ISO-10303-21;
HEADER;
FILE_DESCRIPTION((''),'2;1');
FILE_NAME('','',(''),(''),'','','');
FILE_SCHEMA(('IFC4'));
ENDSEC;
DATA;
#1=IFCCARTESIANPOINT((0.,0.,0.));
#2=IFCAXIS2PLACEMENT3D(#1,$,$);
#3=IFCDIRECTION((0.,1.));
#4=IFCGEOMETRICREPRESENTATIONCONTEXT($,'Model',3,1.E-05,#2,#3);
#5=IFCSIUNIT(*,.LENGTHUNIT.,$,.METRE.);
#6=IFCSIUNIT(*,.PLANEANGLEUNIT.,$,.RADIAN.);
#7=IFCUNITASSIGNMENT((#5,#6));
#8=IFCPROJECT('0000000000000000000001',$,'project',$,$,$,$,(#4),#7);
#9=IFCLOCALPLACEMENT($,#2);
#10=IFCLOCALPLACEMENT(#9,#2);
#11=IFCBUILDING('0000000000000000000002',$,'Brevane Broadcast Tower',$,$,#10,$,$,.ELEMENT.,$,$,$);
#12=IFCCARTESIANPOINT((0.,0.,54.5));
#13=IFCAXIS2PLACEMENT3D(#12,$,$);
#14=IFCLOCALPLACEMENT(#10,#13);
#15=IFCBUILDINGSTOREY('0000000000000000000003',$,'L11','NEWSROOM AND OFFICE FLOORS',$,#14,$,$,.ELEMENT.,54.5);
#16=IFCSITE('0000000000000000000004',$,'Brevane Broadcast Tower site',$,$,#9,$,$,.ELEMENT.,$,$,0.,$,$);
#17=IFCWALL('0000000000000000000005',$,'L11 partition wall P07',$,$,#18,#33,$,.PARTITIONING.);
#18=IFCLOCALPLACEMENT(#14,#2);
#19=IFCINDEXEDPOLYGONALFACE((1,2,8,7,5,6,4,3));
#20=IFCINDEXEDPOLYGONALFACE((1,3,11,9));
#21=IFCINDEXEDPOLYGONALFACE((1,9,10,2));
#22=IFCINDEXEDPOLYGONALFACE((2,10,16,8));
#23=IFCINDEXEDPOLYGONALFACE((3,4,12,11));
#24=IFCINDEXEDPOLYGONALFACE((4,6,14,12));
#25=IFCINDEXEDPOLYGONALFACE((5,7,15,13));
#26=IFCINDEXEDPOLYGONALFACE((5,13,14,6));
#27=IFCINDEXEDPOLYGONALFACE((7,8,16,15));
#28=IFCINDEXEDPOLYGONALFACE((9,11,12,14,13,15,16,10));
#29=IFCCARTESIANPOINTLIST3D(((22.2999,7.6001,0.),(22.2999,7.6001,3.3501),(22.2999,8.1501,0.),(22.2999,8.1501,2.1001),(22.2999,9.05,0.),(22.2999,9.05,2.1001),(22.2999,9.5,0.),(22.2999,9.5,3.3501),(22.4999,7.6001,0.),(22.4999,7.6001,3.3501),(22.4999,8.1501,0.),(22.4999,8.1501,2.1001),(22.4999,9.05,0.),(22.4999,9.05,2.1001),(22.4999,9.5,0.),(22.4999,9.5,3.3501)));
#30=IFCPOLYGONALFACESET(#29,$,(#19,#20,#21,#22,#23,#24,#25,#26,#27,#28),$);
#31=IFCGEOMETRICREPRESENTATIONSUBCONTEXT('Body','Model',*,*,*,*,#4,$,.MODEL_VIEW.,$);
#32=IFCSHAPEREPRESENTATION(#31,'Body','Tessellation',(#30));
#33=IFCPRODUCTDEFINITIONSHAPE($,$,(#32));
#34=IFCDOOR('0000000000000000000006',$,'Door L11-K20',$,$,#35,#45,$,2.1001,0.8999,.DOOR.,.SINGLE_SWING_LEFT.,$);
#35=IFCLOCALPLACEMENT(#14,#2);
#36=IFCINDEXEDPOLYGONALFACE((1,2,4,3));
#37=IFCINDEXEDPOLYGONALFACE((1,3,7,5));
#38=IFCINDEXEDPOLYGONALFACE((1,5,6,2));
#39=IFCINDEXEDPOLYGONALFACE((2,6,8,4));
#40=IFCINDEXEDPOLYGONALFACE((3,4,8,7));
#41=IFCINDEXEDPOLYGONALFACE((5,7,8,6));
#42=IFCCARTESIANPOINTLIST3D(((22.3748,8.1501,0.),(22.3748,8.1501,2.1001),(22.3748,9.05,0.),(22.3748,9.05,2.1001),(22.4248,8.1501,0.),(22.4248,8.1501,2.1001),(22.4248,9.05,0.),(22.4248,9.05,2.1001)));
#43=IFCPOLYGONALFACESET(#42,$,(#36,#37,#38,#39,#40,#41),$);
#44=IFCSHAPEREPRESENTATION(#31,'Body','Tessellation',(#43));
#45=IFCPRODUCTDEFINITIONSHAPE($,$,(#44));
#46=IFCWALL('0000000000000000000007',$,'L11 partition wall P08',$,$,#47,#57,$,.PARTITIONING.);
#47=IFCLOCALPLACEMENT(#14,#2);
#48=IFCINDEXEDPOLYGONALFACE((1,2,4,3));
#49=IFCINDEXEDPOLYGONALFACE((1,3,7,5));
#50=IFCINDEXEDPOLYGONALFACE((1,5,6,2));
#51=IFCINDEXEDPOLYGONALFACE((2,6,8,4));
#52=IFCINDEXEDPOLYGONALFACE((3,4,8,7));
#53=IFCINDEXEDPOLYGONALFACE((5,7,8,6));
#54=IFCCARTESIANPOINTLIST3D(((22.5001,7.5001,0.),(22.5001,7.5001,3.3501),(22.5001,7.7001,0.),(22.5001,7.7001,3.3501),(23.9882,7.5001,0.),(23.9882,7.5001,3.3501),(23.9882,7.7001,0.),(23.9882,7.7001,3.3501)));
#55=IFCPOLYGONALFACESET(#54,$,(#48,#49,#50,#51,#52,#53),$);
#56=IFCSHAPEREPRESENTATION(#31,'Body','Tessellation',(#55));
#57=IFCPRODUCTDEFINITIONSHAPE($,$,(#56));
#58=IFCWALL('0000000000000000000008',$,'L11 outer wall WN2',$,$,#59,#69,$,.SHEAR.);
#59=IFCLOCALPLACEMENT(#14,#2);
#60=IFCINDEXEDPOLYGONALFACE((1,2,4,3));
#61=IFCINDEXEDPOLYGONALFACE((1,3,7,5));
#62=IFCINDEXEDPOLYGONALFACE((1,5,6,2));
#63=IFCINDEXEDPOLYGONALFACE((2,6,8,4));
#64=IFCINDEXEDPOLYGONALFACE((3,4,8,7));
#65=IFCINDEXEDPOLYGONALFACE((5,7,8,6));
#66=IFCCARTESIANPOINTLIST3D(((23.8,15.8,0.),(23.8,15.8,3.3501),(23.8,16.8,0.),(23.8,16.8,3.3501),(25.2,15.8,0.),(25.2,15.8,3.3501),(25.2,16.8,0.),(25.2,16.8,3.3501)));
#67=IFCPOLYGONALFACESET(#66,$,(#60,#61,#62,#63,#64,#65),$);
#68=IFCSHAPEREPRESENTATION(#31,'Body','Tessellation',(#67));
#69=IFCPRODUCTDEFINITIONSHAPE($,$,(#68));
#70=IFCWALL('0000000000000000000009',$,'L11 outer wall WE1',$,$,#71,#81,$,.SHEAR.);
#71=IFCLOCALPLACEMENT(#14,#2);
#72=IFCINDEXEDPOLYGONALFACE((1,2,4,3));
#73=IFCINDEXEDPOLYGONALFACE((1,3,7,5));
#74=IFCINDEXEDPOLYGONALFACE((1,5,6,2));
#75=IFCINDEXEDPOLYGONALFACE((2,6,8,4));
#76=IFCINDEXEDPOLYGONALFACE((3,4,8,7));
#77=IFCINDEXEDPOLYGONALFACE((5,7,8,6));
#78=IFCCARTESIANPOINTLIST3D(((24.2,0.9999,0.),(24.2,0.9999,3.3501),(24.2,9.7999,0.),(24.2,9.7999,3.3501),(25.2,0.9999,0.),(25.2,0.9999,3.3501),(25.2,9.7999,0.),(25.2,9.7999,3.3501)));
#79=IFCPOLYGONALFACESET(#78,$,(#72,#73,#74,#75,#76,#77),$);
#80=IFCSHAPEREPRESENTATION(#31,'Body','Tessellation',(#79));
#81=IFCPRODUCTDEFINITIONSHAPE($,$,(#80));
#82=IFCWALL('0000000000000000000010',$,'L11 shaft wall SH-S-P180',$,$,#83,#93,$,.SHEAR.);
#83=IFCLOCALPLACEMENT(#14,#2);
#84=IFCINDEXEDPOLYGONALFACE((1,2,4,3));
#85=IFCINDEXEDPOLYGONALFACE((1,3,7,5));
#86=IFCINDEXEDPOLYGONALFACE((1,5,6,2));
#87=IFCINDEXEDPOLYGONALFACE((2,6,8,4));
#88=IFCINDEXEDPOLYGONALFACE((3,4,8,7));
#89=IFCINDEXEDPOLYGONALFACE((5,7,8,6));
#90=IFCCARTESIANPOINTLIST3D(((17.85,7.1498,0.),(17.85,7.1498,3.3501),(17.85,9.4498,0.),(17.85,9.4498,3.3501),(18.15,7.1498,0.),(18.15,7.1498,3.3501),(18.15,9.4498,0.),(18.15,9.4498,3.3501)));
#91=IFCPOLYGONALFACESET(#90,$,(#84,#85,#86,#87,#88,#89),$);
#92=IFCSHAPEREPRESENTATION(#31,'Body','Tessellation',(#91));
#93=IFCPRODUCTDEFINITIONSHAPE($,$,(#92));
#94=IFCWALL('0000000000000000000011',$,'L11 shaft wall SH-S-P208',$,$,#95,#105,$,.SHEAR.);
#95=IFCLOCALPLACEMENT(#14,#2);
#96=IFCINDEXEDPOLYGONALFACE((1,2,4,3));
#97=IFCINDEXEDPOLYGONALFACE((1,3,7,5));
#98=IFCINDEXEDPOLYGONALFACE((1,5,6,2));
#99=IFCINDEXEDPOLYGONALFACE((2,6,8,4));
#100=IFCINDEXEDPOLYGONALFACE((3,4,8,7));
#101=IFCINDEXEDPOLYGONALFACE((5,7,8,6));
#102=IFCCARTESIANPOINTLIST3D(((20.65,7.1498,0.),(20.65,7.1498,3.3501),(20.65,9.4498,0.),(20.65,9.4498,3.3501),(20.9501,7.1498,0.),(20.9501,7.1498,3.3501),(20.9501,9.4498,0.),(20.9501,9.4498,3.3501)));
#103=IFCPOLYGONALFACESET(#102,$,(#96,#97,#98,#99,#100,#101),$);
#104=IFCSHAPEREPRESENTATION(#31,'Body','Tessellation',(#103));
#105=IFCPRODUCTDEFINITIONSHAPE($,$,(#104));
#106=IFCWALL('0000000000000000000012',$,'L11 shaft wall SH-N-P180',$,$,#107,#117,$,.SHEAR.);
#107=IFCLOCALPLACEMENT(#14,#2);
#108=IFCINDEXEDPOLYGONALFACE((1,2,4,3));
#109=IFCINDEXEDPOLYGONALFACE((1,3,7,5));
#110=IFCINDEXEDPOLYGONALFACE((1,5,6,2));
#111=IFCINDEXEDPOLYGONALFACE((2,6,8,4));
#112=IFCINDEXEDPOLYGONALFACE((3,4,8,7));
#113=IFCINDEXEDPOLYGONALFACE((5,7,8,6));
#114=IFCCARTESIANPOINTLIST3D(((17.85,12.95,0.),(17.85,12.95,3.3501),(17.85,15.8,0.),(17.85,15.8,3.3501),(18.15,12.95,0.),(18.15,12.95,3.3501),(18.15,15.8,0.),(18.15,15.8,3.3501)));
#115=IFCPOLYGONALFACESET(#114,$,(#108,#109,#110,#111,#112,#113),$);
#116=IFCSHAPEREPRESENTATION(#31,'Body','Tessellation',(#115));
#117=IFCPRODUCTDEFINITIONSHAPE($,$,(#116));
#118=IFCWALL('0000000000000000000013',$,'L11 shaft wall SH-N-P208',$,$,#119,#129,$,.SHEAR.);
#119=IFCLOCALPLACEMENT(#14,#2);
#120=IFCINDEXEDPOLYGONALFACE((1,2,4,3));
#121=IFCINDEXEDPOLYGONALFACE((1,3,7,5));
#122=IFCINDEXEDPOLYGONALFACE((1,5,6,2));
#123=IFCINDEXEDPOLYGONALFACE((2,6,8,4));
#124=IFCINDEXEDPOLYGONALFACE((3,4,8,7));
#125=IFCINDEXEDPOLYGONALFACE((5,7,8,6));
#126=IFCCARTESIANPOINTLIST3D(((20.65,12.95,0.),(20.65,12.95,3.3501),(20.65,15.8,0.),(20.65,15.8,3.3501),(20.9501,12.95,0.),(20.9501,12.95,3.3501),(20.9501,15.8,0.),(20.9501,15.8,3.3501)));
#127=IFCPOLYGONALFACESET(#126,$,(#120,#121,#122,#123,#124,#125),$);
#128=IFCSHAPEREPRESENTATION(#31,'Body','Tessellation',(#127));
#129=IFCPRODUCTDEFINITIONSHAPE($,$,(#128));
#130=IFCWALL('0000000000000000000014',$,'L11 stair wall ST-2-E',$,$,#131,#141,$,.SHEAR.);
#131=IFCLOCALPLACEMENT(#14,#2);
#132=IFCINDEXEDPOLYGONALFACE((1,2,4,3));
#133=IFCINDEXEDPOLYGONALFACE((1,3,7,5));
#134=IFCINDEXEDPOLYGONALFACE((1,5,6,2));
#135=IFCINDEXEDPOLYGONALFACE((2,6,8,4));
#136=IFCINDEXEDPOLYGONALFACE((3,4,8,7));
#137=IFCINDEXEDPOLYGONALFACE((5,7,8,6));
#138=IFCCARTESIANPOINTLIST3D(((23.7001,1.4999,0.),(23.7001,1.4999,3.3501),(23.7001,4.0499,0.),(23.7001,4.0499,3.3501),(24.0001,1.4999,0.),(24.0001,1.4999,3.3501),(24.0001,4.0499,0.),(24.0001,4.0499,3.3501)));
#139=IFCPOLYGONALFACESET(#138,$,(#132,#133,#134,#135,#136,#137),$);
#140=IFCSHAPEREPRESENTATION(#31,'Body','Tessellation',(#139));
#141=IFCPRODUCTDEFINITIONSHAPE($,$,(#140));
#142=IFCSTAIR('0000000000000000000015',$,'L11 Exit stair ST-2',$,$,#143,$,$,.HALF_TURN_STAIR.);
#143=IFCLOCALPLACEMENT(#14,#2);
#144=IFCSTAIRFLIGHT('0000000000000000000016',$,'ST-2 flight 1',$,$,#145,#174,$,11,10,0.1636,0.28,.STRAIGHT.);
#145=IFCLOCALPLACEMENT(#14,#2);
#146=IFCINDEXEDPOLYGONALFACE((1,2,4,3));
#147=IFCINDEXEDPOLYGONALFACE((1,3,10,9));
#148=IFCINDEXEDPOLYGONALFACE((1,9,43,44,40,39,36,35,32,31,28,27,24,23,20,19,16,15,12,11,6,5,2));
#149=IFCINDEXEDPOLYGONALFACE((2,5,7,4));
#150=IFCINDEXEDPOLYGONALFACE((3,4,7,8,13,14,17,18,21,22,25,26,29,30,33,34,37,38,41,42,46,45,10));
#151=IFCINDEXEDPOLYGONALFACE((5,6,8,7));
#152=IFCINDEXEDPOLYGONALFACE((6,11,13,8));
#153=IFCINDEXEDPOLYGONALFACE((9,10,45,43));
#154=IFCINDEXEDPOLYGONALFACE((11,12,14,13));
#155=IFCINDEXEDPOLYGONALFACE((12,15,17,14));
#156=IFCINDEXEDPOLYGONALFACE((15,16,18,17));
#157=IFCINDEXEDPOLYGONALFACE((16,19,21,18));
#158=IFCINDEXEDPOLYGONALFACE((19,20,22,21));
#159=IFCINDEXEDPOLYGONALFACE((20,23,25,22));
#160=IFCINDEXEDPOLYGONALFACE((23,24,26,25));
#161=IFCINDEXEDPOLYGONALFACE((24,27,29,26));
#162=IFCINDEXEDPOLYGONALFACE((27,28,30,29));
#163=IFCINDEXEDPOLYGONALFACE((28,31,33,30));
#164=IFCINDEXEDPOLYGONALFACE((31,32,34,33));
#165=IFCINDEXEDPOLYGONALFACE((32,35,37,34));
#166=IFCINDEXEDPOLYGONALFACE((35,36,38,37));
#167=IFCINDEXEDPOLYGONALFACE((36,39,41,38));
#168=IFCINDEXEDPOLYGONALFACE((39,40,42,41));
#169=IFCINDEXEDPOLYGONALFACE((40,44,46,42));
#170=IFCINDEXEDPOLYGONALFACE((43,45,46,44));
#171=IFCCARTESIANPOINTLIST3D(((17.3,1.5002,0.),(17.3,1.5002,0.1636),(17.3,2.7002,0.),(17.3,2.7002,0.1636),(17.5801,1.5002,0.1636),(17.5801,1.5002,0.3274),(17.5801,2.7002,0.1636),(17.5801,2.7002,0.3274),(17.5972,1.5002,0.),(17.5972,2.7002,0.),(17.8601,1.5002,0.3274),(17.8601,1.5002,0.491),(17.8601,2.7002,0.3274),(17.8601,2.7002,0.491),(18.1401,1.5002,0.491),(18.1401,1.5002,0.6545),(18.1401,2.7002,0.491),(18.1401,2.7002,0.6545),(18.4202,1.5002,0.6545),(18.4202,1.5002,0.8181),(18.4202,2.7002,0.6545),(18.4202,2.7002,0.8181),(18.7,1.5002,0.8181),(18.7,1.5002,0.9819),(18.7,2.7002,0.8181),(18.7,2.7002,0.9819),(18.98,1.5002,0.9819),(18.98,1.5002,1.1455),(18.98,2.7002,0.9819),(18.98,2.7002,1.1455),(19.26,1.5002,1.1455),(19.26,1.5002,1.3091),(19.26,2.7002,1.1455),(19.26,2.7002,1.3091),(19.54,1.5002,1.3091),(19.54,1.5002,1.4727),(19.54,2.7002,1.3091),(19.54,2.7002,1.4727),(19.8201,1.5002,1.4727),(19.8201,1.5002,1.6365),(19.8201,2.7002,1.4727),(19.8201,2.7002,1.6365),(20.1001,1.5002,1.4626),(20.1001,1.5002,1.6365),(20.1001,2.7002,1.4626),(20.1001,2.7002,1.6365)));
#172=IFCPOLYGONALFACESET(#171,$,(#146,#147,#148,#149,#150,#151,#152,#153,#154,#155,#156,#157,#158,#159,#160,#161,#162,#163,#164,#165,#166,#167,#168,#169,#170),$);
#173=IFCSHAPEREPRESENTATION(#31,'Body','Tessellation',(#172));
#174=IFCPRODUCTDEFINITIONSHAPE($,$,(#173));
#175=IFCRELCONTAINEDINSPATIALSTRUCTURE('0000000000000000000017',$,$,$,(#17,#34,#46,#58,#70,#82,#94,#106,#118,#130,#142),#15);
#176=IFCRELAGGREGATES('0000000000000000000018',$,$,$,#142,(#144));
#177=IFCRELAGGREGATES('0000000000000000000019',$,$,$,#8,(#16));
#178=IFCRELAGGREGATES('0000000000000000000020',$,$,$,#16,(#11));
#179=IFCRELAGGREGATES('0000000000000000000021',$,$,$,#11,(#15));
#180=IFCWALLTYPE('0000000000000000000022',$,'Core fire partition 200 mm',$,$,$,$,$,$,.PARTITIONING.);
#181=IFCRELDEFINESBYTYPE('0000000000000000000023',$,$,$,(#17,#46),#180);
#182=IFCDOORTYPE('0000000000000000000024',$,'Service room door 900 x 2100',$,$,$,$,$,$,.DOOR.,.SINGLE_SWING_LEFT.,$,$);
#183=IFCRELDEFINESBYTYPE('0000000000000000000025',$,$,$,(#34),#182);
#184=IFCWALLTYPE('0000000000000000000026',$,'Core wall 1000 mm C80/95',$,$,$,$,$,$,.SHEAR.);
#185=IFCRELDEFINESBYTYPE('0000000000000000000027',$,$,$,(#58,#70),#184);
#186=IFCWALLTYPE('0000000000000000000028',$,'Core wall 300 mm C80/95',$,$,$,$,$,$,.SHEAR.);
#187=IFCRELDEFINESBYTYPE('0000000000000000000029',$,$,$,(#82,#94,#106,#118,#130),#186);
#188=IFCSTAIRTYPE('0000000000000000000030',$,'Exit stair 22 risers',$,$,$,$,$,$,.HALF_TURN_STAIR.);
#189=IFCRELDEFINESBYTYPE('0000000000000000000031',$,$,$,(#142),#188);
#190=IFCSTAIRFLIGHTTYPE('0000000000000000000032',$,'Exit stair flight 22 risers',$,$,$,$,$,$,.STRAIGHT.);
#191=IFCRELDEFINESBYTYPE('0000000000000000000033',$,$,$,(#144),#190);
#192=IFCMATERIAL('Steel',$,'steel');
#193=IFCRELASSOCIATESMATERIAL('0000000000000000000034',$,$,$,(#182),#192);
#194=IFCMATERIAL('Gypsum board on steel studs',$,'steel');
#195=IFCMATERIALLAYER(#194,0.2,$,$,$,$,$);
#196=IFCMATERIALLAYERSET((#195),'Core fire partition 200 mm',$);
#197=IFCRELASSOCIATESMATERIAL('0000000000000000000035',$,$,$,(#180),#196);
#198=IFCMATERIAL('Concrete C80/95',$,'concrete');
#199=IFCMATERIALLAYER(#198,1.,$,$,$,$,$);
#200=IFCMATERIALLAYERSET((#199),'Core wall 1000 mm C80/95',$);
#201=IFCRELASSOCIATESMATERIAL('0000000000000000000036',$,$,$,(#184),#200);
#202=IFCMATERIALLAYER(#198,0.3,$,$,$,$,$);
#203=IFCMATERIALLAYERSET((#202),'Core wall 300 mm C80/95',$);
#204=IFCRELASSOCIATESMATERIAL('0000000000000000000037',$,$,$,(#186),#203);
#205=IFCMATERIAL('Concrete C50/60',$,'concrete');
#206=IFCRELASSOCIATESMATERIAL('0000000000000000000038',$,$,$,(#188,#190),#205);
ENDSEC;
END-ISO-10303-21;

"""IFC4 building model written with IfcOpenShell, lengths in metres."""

from ifc_helpers import new_model, si_unit, direction, frame, frame_2d, origin, place, context, subcontext, project, spatial, polyline, rectangle, outline, extrude, material, layer, layer_set, type_object, element, fill, aggregate, save


model = new_model("IFC4")

# Units and contexts
model_context = context("Model", 3, precision=1e-05, world=origin(), true_north=direction((0.0, 1.0)))
body_context = subcontext(model_context, "Body", "Model", "MODEL_VIEW")
ifc_project = project(units=[si_unit("LENGTHUNIT", "METRE"), si_unit("PLANEANGLEUNIT", "RADIAN")], contexts=[model_context])

# Site, building, storey
site_placement = place(None, origin())
site = spatial("IfcSite", under=ifc_project, at=site_placement, Name="Brevane Broadcast Tower site", CompositionType="ELEMENT", RefElevation=0.0)
building_placement = place(site_placement, origin())
building = spatial("IfcBuilding", under=site, at=building_placement, Name="Brevane Broadcast Tower", CompositionType="ELEMENT")
storey_placement = place(building_placement, frame((0.0, 0.0, 54.5)))
storey = spatial("IfcBuildingStorey", under=building, at=storey_placement, Name="L11", Description="NEWSROOM AND OFFICE FLOORS", CompositionType="ELEMENT", Elevation=54.5)

# Shared definitions
ifc_material_1 = material(Name="Gypsum board on steel studs", Category="steel")
ifc_material_2 = material(Name="Steel", Category="steel")
door_type = type_object("IfcDoorType", Name="Service room door 900 x 2100", OperationType="SINGLE_SWING_LEFT", PredefinedType="DOOR", material=ifc_material_2)

# Shared definitions
ifc_layer_1 = layer(ifc_material_1, 0.2)
ifc_layer_set_1 = layer_set([ifc_layer_1], Name="Core fire partition 200 mm")
wall_type_1 = type_object("IfcWallType", Name="Core fire partition 200 mm", PredefinedType="PARTITIONING", material=ifc_layer_set_1)

# Wall, opening, door
wall_1_placement = place(storey_placement, frame((22.3999, 9.5, 0.0), z_axis=(0.0, 0.0, 1.0), x_axis=(0.0, -1.0, 0.0)))
wall_1 = element("IfcWall", 1, at=wall_1_placement, inside=storey, type_object=wall_type_1, Name="L11 partition wall P07", PredefinedType="PARTITIONING", context=body_context, shape_type="SweptSolid", body=[
    extrude(rectangle(XDim=1.8999, YDim=0.2, at=frame_2d((0.95, 0.0))), origin(), (0.0, 0.0, 1.0), 3.3501),
])
opening_1_placement = place(wall_1_placement, frame((0.45, 0.0, 0.0)))
opening_1 = element("IfcOpeningElement", 2, at=opening_1_placement, cuts=wall_1, PredefinedType="OPENING", context=body_context, shape_type="SweptSolid", body=[
    extrude(rectangle(XDim=0.8999, YDim=2.1001, at=frame_2d((0.45, 1.05))), frame((0.0, 0.1099, 0.0), z_axis=(0.0, -1.0, 0.0), x_axis=(1.0, 0.0, 0.0)), (0.0, 0.0, 1.0), 0.22),
])
door_1_placement = place(opening_1_placement, origin())
door_1 = element("IfcDoor", 3, at=door_1_placement, inside=storey, type_object=door_type, Name="Door L11-K20", OperationType="SINGLE_SWING_LEFT", OverallHeight=2.1001, OverallWidth=0.8999, PredefinedType="DOOR", context=body_context, shape_type="SweptSolid", body=[
    extrude(rectangle(XDim=0.8999, YDim=2.1001, at=frame_2d((0.45, 1.05))), frame((0.0, 0.0249, 0.0), z_axis=(0.0, -1.0, 0.0), x_axis=(1.0, 0.0, 0.0)), (0.0, 0.0, 1.0), 0.05),
])
fill(opening_1, door_1)

# Walls
wall_2_placement = place(storey_placement, frame((22.5, 7.6001, 0.0), z_axis=(0.0, 0.0, 1.0), x_axis=(1.0, 0.0, 0.0)))
element("IfcWall", 4, at=wall_2_placement, inside=storey, type_object=wall_type_1, Name="L11 partition wall P08", PredefinedType="PARTITIONING", context=body_context, shape_type="SweptSolid", body=[
    extrude(rectangle(XDim=1.488, YDim=0.2, at=frame_2d((0.7441, 0.0))), origin(), (0.0, 0.0, 1.0), 3.3501),
])
ifc_material_3 = material(Name="Concrete C80/95", Category="concrete")
ifc_layer_2 = layer(ifc_material_3, 1.0)
ifc_layer_set_2 = layer_set([ifc_layer_2], Name="Core wall 1000 mm C80/95")
wall_type_2 = type_object("IfcWallType", Name="Core wall 1000 mm C80/95", PredefinedType="SHEAR", material=ifc_layer_set_2)
wall_3_placement = place(storey_placement, frame((23.8, 16.3, 0.0), z_axis=(0.0, 0.0, 1.0), x_axis=(1.0, 0.0, 0.0)))
element("IfcWall", 5, at=wall_3_placement, inside=storey, type_object=wall_type_2, Name="L11 outer wall WN2", PredefinedType="SHEAR", context=body_context, shape_type="SweptSolid", body=[
    extrude(rectangle(XDim=1.3999, YDim=1.0, at=frame_2d((0.7, 0.0))), origin(), (0.0, 0.0, 1.0), 3.3501),
])
wall_4_placement = place(storey_placement, frame((24.7, 1.0, 0.0), z_axis=(0.0, 0.0, 1.0), x_axis=(0.0, 1.0, 0.0)))
element("IfcWall", 6, at=wall_4_placement, inside=storey, type_object=wall_type_2, Name="L11 outer wall WE1", PredefinedType="SHEAR", context=body_context, shape_type="SweptSolid", body=[
    extrude(rectangle(XDim=8.8, YDim=1.0, at=frame_2d((4.3999, 0.0))), origin(), (0.0, 0.0, 1.0), 3.3501),
])
ifc_layer_3 = layer(ifc_material_3, 0.3)
ifc_layer_set_3 = layer_set([ifc_layer_3], Name="Core wall 300 mm C80/95")
wall_type_3 = type_object("IfcWallType", Name="Core wall 300 mm C80/95", PredefinedType="SHEAR", material=ifc_layer_set_3)
for number, where, z_axis, x_axis, name in (
    (7, (18.0, 7.1499, 0.0), (0.0, 0.0, 1.0), (0.0, 1.0, 0.0), "L11 shaft wall SH-S-P180"),
    (8, (20.8, 7.1499, 0.0), (0.0, 0.0, 1.0), (0.0, 1.0, 0.0), "L11 shaft wall SH-S-P208"),
):
    element("IfcWall", number, at=place(storey_placement, frame(where, z_axis=z_axis, x_axis=x_axis)), inside=storey, type_object=wall_type_3, Name=name, PredefinedType="SHEAR", context=body_context, shape_type="SweptSolid", body=[
        extrude(rectangle(XDim=2.3, YDim=0.3, at=frame_2d((1.1499, 0.0))), origin(), (0.0, 0.0, 1.0), 3.3501),
    ])
for number, where, z_axis, x_axis, name in (
    (9, (18.0, 12.95, 0.0), (0.0, 0.0, 1.0), (0.0, 1.0, 0.0), "L11 shaft wall SH-N-P180"),
    (10, (20.8, 12.95, 0.0), (0.0, 0.0, 1.0), (0.0, 1.0, 0.0), "L11 shaft wall SH-N-P208"),
):
    element("IfcWall", number, at=place(storey_placement, frame(where, z_axis=z_axis, x_axis=x_axis)), inside=storey, type_object=wall_type_3, Name=name, PredefinedType="SHEAR", context=body_context, shape_type="SweptSolid", body=[
        extrude(rectangle(XDim=2.8501, YDim=0.3, at=frame_2d((1.425, 0.0))), origin(), (0.0, 0.0, 1.0), 3.3501),
    ])
wall_5_placement = place(storey_placement, frame((23.8501, 1.5, 0.0), z_axis=(0.0, 0.0, 1.0), x_axis=(0.0, 1.0, 0.0)))
element("IfcWall", 11, at=wall_5_placement, inside=storey, type_object=wall_type_3, Name="L11 stair wall ST-2-E", PredefinedType="SHEAR", context=body_context, shape_type="SweptSolid", body=[
    extrude(rectangle(XDim=2.55, YDim=0.3, at=frame_2d((1.2749, 0.0))), origin(), (0.0, 0.0, 1.0), 3.3501),
])

# Stair, stair flight
ifc_material_4 = material(Name="Concrete C50/60", Category="concrete")
stair_type = type_object("IfcStairType", Name="Exit stair 22 risers", PredefinedType="HALF_TURN_STAIR", material=ifc_material_4)
stair_placement = place(storey_placement, origin())
stair = element("IfcStair", 12, at=stair_placement, inside=storey, type_object=stair_type, Name="L11 Exit stair ST-2", PredefinedType="HALF_TURN_STAIR")
stair_flight_type = type_object("IfcStairFlightType", Name="Exit stair flight 22 risers", PredefinedType="STRAIGHT", material=ifc_material_4)
stair_flight_1_placement = place(storey_placement, frame((17.3, 2.1001, 0.0), z_axis=(0.0, 0.0, 1.0), x_axis=(1.0, 0.0, 0.0)))
stair_flight_1 = element("IfcStairFlight", 13, at=stair_flight_1_placement, type_object=stair_flight_type, Name="ST-2 flight 1", NumberOfRisers=11, NumberOfTreads=10, PredefinedType="STRAIGHT", RiserHeight=0.1636, TreadLength=0.28, context=body_context, shape_type="SweptSolid", body=[
    extrude(outline(polyline([(0.0, 0.0), (0.0, 0.1636), (0.28, 0.1636), (0.28, 0.3274), (0.5601, 0.3274), (0.5601, 0.491), (0.8401, 0.491), (0.8401, 0.6545), (1.1201, 0.6545), (1.1201, 0.8181), (1.3999, 0.8181), (1.3999, 0.9819), (1.6799, 0.9819), (1.6799, 1.1455), (1.96, 1.1455), (1.96, 1.3091), (2.24, 1.3091), (2.24, 1.4727), (2.52, 1.4727), (2.52, 1.6365), (2.8, 1.6365), (2.8, 1.8), (2.8, 1.4626), (0.2971, 0.0), (0.0, 0.0)])), frame((0.0, 0.6001, 0.0), z_axis=(0.0, -1.0, 0.0), x_axis=(1.0, 0.0, 0.0)), (0.0, 0.0, 1.0), 1.2),
])
aggregate(stair, [stair_flight_1])

save(model, "model.ifc")
